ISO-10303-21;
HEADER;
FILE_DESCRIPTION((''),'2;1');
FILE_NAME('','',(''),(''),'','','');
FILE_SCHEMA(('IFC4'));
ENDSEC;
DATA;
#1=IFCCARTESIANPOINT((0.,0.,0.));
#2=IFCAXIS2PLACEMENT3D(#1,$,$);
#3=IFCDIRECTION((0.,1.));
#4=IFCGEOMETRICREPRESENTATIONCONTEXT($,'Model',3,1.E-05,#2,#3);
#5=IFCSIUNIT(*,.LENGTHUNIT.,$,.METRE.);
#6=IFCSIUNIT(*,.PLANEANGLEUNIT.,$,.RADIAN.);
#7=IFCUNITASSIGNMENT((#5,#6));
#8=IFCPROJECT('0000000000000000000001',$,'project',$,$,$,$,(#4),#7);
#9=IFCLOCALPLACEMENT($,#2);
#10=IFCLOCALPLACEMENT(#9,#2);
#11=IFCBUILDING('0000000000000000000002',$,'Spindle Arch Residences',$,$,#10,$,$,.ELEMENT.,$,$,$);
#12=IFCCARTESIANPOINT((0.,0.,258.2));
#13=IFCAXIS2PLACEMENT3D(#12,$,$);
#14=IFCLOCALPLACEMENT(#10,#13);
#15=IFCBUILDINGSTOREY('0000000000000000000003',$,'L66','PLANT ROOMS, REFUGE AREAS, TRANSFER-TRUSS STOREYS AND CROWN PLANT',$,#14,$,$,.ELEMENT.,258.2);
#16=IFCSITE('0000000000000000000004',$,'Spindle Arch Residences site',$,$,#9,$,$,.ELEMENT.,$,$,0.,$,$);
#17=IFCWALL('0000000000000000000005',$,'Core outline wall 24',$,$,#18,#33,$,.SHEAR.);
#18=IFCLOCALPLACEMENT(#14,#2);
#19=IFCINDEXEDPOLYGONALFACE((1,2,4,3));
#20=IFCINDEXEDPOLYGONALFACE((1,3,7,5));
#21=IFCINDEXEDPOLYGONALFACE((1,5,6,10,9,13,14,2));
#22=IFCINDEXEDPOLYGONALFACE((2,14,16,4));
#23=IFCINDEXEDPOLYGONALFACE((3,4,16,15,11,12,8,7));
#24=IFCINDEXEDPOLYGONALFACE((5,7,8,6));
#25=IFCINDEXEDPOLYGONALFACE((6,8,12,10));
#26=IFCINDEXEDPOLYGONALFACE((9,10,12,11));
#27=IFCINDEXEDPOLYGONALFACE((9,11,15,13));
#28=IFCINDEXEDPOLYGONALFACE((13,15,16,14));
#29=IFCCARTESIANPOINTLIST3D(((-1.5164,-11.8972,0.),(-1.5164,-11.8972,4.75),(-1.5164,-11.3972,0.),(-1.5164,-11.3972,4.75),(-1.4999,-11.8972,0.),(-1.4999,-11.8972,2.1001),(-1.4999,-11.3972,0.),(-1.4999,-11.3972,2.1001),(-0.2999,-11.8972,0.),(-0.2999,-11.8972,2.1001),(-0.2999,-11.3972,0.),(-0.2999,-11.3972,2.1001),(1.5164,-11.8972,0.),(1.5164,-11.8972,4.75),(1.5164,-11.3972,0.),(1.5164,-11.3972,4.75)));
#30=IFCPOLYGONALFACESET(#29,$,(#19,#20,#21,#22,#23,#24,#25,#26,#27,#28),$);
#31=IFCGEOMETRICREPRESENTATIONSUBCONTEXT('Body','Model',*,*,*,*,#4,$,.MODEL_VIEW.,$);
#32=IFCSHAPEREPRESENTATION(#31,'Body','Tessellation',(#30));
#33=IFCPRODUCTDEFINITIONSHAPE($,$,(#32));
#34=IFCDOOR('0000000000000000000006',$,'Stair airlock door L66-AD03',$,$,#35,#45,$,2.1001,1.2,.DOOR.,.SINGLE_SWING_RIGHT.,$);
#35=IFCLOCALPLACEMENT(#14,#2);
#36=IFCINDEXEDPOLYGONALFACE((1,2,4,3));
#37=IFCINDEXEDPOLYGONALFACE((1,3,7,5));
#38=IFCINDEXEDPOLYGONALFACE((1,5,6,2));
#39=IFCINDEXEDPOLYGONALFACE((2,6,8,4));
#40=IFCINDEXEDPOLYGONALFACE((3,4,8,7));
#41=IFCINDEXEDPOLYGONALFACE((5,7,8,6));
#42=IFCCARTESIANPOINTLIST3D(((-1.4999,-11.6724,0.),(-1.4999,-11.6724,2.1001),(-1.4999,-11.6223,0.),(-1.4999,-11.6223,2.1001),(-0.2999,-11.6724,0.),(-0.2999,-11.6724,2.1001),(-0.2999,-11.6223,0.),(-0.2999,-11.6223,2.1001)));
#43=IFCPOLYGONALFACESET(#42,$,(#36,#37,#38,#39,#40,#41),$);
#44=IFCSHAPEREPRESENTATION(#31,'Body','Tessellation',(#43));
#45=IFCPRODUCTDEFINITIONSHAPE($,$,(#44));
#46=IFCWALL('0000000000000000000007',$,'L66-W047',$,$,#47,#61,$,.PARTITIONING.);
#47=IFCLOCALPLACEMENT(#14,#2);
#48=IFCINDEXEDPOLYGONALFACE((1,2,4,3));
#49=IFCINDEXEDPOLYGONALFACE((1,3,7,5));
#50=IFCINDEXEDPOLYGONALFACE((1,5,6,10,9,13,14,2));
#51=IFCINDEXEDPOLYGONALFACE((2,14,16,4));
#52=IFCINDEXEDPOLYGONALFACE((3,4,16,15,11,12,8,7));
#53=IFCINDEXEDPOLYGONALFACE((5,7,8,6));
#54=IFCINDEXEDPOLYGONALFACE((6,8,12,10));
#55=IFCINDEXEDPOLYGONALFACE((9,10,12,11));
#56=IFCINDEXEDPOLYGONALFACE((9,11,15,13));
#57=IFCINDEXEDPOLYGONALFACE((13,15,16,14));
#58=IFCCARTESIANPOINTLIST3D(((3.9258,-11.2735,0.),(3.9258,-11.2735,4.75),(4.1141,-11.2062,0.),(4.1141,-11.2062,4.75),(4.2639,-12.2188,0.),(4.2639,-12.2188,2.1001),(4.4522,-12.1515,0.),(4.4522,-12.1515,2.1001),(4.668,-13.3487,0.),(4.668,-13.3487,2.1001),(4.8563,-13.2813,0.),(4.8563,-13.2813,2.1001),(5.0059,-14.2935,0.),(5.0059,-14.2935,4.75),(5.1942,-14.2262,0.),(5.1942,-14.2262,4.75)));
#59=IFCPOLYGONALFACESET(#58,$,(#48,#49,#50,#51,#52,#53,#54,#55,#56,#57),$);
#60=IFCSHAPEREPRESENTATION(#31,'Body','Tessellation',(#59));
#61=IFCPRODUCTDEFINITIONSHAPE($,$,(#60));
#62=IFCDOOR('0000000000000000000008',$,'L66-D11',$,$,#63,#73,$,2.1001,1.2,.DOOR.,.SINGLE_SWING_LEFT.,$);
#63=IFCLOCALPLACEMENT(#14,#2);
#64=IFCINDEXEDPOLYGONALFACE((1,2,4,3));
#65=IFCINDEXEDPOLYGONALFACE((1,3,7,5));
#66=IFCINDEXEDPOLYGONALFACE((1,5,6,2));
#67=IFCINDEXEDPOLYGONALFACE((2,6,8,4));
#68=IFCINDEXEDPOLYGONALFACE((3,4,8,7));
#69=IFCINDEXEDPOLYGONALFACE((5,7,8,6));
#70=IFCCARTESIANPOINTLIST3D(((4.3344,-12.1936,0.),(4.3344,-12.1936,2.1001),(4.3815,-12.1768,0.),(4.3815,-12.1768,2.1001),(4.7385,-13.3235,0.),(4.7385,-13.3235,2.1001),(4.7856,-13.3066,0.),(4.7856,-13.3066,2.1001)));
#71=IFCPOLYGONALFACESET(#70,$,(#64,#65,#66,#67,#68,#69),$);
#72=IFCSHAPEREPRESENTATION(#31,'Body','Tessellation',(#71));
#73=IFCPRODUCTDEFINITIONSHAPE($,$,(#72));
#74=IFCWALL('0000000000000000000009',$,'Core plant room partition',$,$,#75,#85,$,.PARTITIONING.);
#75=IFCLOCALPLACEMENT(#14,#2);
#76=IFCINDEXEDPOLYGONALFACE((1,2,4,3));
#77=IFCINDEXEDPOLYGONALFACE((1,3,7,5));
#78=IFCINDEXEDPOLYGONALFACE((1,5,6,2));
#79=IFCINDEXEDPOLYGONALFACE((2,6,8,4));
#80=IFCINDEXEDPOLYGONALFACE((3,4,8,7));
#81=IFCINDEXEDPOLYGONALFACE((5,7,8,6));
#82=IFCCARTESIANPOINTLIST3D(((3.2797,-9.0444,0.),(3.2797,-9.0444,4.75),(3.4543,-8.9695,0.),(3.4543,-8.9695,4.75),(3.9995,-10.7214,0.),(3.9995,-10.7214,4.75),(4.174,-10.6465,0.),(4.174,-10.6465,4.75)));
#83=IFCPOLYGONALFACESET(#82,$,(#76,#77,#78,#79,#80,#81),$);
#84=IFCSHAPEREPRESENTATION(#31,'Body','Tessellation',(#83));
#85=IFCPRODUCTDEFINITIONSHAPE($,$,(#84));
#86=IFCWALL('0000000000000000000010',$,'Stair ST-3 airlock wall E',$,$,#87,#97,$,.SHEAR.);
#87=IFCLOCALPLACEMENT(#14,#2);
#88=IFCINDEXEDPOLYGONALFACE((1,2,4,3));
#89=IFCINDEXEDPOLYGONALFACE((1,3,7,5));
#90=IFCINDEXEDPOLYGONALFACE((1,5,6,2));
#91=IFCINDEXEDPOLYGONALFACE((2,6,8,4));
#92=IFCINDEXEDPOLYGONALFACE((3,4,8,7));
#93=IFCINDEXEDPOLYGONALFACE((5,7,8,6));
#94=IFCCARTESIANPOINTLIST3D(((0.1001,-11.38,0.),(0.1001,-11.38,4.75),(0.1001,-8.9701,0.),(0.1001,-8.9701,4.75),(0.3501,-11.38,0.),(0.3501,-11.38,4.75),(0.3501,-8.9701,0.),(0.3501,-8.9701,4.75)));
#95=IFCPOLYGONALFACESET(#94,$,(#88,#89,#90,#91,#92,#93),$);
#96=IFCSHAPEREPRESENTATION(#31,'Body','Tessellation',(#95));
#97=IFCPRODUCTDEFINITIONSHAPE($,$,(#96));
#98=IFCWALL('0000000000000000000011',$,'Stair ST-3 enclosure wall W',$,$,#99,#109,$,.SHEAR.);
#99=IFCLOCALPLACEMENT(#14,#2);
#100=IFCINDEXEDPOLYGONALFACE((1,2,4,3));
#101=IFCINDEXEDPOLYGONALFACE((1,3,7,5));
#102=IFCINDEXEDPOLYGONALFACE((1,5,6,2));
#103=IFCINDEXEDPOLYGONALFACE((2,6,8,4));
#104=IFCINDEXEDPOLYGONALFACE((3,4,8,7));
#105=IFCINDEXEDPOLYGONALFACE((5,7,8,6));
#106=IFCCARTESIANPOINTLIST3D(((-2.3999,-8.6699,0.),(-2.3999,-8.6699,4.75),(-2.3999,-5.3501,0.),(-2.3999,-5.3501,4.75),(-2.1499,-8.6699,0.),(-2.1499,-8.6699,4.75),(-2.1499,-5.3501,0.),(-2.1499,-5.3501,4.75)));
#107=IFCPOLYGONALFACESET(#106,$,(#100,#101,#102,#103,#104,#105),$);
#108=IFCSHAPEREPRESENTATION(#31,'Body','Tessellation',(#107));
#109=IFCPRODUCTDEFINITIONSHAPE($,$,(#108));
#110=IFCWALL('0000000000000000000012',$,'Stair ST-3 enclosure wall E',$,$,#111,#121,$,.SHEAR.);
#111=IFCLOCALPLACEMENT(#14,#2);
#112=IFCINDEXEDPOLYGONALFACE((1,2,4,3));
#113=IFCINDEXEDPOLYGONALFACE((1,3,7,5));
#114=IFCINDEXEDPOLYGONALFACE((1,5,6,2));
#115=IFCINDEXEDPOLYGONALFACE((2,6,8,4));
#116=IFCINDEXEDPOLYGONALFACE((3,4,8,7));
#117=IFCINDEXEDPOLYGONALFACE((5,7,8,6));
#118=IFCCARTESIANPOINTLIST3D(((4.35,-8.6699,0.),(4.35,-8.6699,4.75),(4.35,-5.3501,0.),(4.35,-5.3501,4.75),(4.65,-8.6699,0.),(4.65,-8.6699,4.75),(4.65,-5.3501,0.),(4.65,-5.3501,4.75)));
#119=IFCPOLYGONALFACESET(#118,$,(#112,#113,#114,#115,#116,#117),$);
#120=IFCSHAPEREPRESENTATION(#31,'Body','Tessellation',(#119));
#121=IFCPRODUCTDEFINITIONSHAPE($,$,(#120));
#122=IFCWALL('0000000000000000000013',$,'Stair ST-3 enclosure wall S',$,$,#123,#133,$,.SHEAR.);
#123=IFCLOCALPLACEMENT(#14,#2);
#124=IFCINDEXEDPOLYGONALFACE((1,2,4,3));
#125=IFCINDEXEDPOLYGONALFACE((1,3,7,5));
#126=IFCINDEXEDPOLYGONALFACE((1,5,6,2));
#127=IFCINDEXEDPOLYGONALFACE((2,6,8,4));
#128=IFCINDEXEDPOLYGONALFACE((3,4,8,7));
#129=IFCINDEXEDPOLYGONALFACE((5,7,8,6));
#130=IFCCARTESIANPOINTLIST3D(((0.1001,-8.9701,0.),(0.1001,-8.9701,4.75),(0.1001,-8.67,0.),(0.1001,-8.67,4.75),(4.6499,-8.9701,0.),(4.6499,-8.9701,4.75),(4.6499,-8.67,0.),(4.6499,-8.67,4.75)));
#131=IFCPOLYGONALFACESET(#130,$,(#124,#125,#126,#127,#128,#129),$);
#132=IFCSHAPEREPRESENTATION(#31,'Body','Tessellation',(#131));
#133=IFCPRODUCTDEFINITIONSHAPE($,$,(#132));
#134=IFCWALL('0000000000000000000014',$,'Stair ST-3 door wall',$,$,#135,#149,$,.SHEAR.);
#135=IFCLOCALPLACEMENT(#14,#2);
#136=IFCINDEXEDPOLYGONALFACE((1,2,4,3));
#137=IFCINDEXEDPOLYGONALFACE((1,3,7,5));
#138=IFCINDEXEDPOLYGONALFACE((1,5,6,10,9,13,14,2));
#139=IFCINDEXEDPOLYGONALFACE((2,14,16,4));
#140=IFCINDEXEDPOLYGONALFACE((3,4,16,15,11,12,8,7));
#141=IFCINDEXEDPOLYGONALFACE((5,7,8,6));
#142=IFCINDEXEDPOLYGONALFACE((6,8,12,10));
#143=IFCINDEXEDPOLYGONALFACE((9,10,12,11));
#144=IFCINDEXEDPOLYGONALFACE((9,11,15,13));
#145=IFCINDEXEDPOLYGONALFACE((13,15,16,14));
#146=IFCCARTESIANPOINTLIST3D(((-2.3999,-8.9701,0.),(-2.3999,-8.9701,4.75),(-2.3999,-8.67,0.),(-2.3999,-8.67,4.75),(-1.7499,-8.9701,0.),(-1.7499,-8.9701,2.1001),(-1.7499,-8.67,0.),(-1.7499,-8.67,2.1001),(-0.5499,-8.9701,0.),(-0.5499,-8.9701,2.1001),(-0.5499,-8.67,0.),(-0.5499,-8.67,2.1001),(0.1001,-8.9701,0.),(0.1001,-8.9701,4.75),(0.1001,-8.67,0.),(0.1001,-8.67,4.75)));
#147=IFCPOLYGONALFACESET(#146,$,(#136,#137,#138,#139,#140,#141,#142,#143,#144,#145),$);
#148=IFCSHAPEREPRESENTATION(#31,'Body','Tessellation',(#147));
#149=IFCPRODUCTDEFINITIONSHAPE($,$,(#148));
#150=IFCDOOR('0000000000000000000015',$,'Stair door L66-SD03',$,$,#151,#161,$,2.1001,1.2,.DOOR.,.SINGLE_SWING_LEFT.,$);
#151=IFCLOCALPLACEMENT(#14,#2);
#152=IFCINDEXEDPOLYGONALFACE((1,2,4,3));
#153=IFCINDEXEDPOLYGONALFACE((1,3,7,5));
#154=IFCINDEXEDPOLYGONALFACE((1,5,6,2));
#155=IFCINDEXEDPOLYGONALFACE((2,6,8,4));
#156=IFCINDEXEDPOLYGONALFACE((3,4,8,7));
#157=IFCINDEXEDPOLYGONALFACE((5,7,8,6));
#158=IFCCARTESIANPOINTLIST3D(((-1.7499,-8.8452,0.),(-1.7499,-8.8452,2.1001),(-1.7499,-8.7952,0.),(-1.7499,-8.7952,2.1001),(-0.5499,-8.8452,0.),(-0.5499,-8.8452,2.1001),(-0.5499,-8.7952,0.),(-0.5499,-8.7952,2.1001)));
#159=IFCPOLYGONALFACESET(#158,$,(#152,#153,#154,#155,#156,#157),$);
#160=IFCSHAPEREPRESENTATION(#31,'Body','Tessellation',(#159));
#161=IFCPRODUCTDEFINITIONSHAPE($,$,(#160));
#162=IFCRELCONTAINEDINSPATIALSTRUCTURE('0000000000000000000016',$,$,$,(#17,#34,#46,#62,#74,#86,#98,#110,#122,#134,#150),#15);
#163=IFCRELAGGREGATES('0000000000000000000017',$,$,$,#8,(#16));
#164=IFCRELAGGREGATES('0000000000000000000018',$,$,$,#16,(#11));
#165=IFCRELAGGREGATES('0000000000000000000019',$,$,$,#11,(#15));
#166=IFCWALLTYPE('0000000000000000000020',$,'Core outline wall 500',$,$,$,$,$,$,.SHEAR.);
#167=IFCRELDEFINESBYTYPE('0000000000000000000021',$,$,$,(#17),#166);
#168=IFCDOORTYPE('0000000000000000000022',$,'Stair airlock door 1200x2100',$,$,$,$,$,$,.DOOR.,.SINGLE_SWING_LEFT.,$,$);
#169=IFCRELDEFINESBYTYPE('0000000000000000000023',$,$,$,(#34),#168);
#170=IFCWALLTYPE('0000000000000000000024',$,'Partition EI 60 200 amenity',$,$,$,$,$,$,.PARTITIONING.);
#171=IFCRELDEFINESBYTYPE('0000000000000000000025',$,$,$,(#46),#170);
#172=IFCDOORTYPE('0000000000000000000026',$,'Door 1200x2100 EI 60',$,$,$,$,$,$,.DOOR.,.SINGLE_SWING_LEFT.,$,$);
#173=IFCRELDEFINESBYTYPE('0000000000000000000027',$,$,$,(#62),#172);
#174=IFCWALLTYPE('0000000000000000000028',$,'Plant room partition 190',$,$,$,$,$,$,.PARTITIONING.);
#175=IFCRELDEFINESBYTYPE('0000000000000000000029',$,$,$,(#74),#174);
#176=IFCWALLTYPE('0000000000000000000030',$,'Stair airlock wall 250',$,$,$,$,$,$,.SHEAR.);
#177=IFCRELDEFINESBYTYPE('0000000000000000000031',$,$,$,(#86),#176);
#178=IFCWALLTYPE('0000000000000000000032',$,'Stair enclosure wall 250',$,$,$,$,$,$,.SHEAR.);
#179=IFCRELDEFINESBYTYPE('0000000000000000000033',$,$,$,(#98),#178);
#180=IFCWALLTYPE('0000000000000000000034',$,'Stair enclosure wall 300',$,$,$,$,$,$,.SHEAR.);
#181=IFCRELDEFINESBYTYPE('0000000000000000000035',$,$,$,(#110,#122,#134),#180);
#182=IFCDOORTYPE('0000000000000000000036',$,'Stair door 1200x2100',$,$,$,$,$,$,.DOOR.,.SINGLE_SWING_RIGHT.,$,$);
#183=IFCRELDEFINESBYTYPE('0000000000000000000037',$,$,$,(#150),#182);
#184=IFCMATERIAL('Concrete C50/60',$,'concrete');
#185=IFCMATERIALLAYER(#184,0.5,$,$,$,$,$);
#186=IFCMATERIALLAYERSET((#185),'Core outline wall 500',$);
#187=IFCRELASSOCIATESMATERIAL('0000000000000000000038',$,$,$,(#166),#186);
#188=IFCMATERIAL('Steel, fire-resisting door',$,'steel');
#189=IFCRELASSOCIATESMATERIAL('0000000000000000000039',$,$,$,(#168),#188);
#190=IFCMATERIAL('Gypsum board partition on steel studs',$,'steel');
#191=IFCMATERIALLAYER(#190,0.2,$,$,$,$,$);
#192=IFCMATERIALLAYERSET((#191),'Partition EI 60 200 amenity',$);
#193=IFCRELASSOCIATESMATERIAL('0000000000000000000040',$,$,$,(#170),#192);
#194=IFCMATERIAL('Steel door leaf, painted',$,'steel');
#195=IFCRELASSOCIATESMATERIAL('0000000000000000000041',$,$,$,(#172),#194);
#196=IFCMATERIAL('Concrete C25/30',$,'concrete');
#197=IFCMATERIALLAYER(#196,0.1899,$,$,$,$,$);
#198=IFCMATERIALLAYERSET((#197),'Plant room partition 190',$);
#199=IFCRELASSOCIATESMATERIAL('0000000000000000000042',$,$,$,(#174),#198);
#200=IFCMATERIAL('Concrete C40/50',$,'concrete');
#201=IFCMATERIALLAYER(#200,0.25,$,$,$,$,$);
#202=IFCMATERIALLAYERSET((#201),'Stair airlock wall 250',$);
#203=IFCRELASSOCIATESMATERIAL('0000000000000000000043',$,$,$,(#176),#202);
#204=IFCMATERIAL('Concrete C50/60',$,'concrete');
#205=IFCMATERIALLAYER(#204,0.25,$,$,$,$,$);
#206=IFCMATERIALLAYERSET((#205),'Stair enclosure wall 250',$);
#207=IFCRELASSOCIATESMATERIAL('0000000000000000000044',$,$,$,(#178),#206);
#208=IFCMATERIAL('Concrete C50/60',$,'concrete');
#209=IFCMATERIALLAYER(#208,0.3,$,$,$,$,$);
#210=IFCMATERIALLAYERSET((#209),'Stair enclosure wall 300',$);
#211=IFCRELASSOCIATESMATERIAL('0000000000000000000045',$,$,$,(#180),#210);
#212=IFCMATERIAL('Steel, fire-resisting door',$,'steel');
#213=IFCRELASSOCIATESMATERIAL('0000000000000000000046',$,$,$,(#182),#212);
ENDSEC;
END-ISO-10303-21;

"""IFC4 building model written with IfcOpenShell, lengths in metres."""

from ifc_helpers import new_model, si_unit, direction, frame, frame_2d, origin, place, context, subcontext, project, spatial, rectangle, extrude, material, layer, layer_set, type_object, element, fill, save


model = new_model("IFC4")

# Units and contexts
model_context = context("Model", 3, precision=1e-05, world=origin(), true_north=direction((0.0, 1.0)))
body_context = subcontext(model_context, "Body", "Model", "MODEL_VIEW")
ifc_project = project(units=[si_unit("LENGTHUNIT", "METRE"), si_unit("PLANEANGLEUNIT", "RADIAN")], contexts=[model_context])

# Site, building, storey
site_placement = place(None, origin())
site = spatial("IfcSite", under=ifc_project, at=site_placement, Name="Spindle Arch Residences site", CompositionType="ELEMENT", RefElevation=0.0)
building_placement = place(site_placement, origin())
building = spatial("IfcBuilding", under=site, at=building_placement, Name="Spindle Arch Residences", CompositionType="ELEMENT")
storey_placement = place(building_placement, frame((0.0, 0.0, 258.2)))
storey = spatial("IfcBuildingStorey", under=building, at=storey_placement, Name="L66", Description="PLANT ROOMS, REFUGE AREAS, TRANSFER-TRUSS STOREYS AND CROWN PLANT", CompositionType="ELEMENT", Elevation=258.2)

# Walls, openings, doors
ifc_material_1 = material(Name="Concrete C50/60", Category="concrete")
ifc_layer_1 = layer(ifc_material_1, 0.5)
ifc_layer_set_1 = layer_set([ifc_layer_1], Name="Core outline wall 500")
wall_type_1 = type_object("IfcWallType", Name="Core outline wall 500", PredefinedType="SHEAR", material=ifc_layer_set_1)
wall_1_placement = place(storey_placement, frame((-1.5164, -11.6472, 0.0), z_axis=(0.0, 0.0, 1.0), x_axis=(1.0, 0.0, 0.0)))
wall_1 = element("IfcWall", 1, at=wall_1_placement, inside=storey, type_object=wall_type_1, Name="Core outline wall 24", PredefinedType="SHEAR", context=body_context, shape_type="SweptSolid", body=[
    extrude(rectangle(XDim=3.0327, YDim=0.5, at=frame_2d((1.5164, 0.0))), origin(), (0.0, 0.0, 1.0), 4.75),
])
opening_1_placement = place(wall_1_placement, frame((0.0164, 0.0, 0.0)))
opening_1 = element("IfcOpeningElement", 2, at=opening_1_placement, cuts=wall_1, PredefinedType="OPENING", context=body_context, shape_type="SweptSolid", body=[
    extrude(rectangle(XDim=1.2, YDim=2.1001, at=frame_2d((0.6001, 1.05))), frame((0.0, 0.26, 0.0), z_axis=(0.0, -1.0, 0.0), x_axis=(1.0, 0.0, 0.0)), (0.0, 0.0, 1.0), 0.52),
])
ifc_material_2 = material(Name="Steel, fire-resisting door", Category="steel")
door_type_1 = type_object("IfcDoorType", Name="Stair airlock door 1200x2100", OperationType="SINGLE_SWING_LEFT", PredefinedType="DOOR", material=ifc_material_2)
door_1_placement = place(opening_1_placement, origin())
door_1 = element("IfcDoor", 3, at=door_1_placement, inside=storey, type_object=door_type_1, Name="Stair airlock door L66-AD03", OperationType="SINGLE_SWING_RIGHT", OverallHeight=2.1001, OverallWidth=1.2, PredefinedType="DOOR", context=body_context, shape_type="SweptSolid", body=[
    extrude(rectangle(XDim=1.2, YDim=2.1001, at=frame_2d((0.6001, 1.05))), frame((0.0, 0.0249, 0.0), z_axis=(0.0, -1.0, 0.0), x_axis=(1.0, 0.0, 0.0)), (0.0, 0.0, 1.0), 0.05),
])
fill(opening_1, door_1)
ifc_material_3 = material(Name="Gypsum board partition on steel studs", Category="steel")
ifc_layer_2 = layer(ifc_material_3, 0.2)
ifc_layer_set_2 = layer_set([ifc_layer_2], Name="Partition EI 60 200 amenity")
wall_type_2 = type_object("IfcWallType", Name="Partition EI 60 200 amenity", PredefinedType="PARTITIONING", material=ifc_layer_set_2)
wall_2_placement = place(storey_placement, frame((4.02, -11.24, 0.0), z_axis=(0.0, 0.0, 1.0), x_axis=(0.336751, -0.941594, 0.0)))
wall_2 = element("IfcWall", 4, at=wall_2_placement, inside=storey, type_object=wall_type_2, Name="L66-W047", PredefinedType="PARTITIONING", context=body_context, shape_type="SweptSolid", body=[
    extrude(rectangle(XDim=3.2073, YDim=0.2, at=frame_2d((1.6035, 0.0))), origin(), (0.0, 0.0, 1.0), 4.75),
])
opening_2_placement = place(wall_2_placement, frame((1.0037, 0.0, 0.0)))
opening_2 = element("IfcOpeningElement", 5, at=opening_2_placement, cuts=wall_2, PredefinedType="OPENING", context=body_context, shape_type="SweptSolid", body=[
    extrude(rectangle(XDim=1.2, YDim=2.1001, at=frame_2d((0.6001, 1.05))), frame((0.0, 0.1099, 0.0), z_axis=(0.0, -1.0, 0.0), x_axis=(1.0, 0.0, 0.0)), (0.0, 0.0, 1.0), 0.22),
])
ifc_material_4 = material(Name="Steel door leaf, painted", Category="steel")
door_type_2 = type_object("IfcDoorType", Name="Door 1200x2100 EI 60", OperationType="SINGLE_SWING_LEFT", PredefinedType="DOOR", material=ifc_material_4)
door_2_placement = place(opening_2_placement, origin())
door_2 = element("IfcDoor", 6, at=door_2_placement, inside=storey, type_object=door_type_2, Name="L66-D11", OperationType="SINGLE_SWING_LEFT", OverallHeight=2.1001, OverallWidth=1.2, PredefinedType="DOOR", context=body_context, shape_type="SweptSolid", body=[
    extrude(rectangle(XDim=1.2, YDim=2.1001, at=frame_2d((0.6001, 1.05))), frame((0.0, 0.0249, 0.0), z_axis=(0.0, -1.0, 0.0), x_axis=(1.0, 0.0, 0.0)), (0.0, 0.0, 1.0), 0.05),
])
fill(opening_2, door_2)

# Walls
ifc_material_5 = material(Name="Concrete C25/30", Category="concrete")
ifc_layer_3 = layer(ifc_material_5, 0.1899)
ifc_layer_set_3 = layer_set([ifc_layer_3], Name="Plant room partition 190")
wall_type_3 = type_object("IfcWallType", Name="Plant room partition 190", PredefinedType="PARTITIONING", material=ifc_layer_set_3)
wall_3_placement = place(storey_placement, frame((3.3669, -9.0068, 0.0), z_axis=(0.0, 0.0, 1.0), x_axis=(0.394387, -0.918944, 0.0)))
element("IfcWall", 7, at=wall_3_placement, inside=storey, type_object=wall_type_3, Name="Core plant room partition", PredefinedType="PARTITIONING", context=body_context, shape_type="SweptSolid", body=[
    extrude(rectangle(XDim=1.825, YDim=0.1899, at=frame_2d((0.9126, 0.0))), origin(), (0.0, 0.0, 1.0), 4.75),
])
ifc_material_6 = material(Name="Concrete C40/50", Category="concrete")
ifc_layer_4 = layer(ifc_material_6, 0.25)
ifc_layer_set_4 = layer_set([ifc_layer_4], Name="Stair airlock wall 250")
wall_type_4 = type_object("IfcWallType", Name="Stair airlock wall 250", PredefinedType="SHEAR", material=ifc_layer_set_4)
wall_4_placement = place(storey_placement, frame((0.2251, -8.97, 0.0), z_axis=(0.0, 0.0, 1.0), x_axis=(0.0, -1.0, 0.0)))
element("IfcWall", 8, at=wall_4_placement, inside=storey, type_object=wall_type_4, Name="Stair ST-3 airlock wall E", PredefinedType="SHEAR", context=body_context, shape_type="SweptSolid", body=[
    extrude(rectangle(XDim=2.4099, YDim=0.25, at=frame_2d((1.2051, 0.0))), origin(), (0.0, 0.0, 1.0), 4.75),
])
ifc_material_7 = material(Name="Concrete C50/60", Category="concrete")
ifc_layer_5 = layer(ifc_material_7, 0.25)
ifc_layer_set_5 = layer_set([ifc_layer_5], Name="Stair enclosure wall 250")
wall_type_5 = type_object("IfcWallType", Name="Stair enclosure wall 250", PredefinedType="SHEAR", material=ifc_layer_set_5)
wall_5_placement = place(storey_placement, frame((-2.2749, -8.6699, 0.0), z_axis=(0.0, 0.0, 1.0), x_axis=(0.0, 1.0, 0.0)))
element("IfcWall", 9, at=wall_5_placement, inside=storey, type_object=wall_type_5, Name="Stair ST-3 enclosure wall W", PredefinedType="SHEAR", context=body_context, shape_type="SweptSolid", body=[
    extrude(rectangle(XDim=3.3198, YDim=0.25, at=frame_2d((1.6599, 0.0))), origin(), (0.0, 0.0, 1.0), 4.75),
])
ifc_material_8 = material(Name="Concrete C50/60", Category="concrete")
ifc_layer_6 = layer(ifc_material_8, 0.3)
ifc_layer_set_6 = layer_set([ifc_layer_6], Name="Stair enclosure wall 300")
wall_type_6 = type_object("IfcWallType", Name="Stair enclosure wall 300", PredefinedType="SHEAR", material=ifc_layer_set_6)
wall_6_placement = place(storey_placement, frame((4.5, -8.6699, 0.0), z_axis=(0.0, 0.0, 1.0), x_axis=(0.0, 1.0, 0.0)))
element("IfcWall", 10, at=wall_6_placement, inside=storey, type_object=wall_type_6, Name="Stair ST-3 enclosure wall E", PredefinedType="SHEAR", context=body_context, shape_type="SweptSolid", body=[
    extrude(rectangle(XDim=3.3198, YDim=0.3, at=frame_2d((1.6599, 0.0))), origin(), (0.0, 0.0, 1.0), 4.75),
])
wall_7_placement = place(storey_placement, frame((0.1001, -8.8201, 0.0), z_axis=(0.0, 0.0, 1.0), x_axis=(1.0, 0.0, 0.0)))
element("IfcWall", 11, at=wall_7_placement, inside=storey, type_object=wall_type_6, Name="Stair ST-3 enclosure wall S", PredefinedType="SHEAR", context=body_context, shape_type="SweptSolid", body=[
    extrude(rectangle(XDim=4.5498, YDim=0.3, at=frame_2d((2.2749, 0.0))), origin(), (0.0, 0.0, 1.0), 4.75),
])

# Wall, opening, door
wall_8_placement = place(storey_placement, frame((-2.3999, -8.8201, 0.0), z_axis=(0.0, 0.0, 1.0), x_axis=(1.0, 0.0, 0.0)))
wall_8 = element("IfcWall", 12, at=wall_8_placement, inside=storey, type_object=wall_type_6, Name="Stair ST-3 door wall", PredefinedType="SHEAR", context=body_context, shape_type="SweptSolid", body=[
    extrude(rectangle(XDim=2.5, YDim=0.3, at=frame_2d((1.25, 0.0))), origin(), (0.0, 0.0, 1.0), 4.75),
])
opening_3_placement = place(wall_8_placement, frame((0.6499, 0.0, 0.0)))
opening_3 = element("IfcOpeningElement", 13, at=opening_3_placement, cuts=wall_8, PredefinedType="OPENING", context=body_context, shape_type="SweptSolid", body=[
    extrude(rectangle(XDim=1.2, YDim=2.1001, at=frame_2d((0.6001, 1.05))), frame((0.0, 0.1602, 0.0), z_axis=(0.0, -1.0, 0.0), x_axis=(1.0, 0.0, 0.0)), (0.0, 0.0, 1.0), 0.3201),
])
ifc_material_9 = material(Name="Steel, fire-resisting door", Category="steel")
door_type_3 = type_object("IfcDoorType", Name="Stair door 1200x2100", OperationType="SINGLE_SWING_RIGHT", PredefinedType="DOOR", material=ifc_material_9)
door_3_placement = place(opening_3_placement, origin())
door_3 = element("IfcDoor", 14, at=door_3_placement, inside=storey, type_object=door_type_3, Name="Stair door L66-SD03", OperationType="SINGLE_SWING_LEFT", OverallHeight=2.1001, OverallWidth=1.2, PredefinedType="DOOR", context=body_context, shape_type="SweptSolid", body=[
    extrude(rectangle(XDim=1.2, YDim=2.1001, at=frame_2d((0.6001, 1.05))), frame((0.0, 0.0249, 0.0), z_axis=(0.0, -1.0, 0.0), x_axis=(1.0, 0.0, 0.0)), (0.0, 0.0, 1.0), 0.05),
])
fill(opening_3, door_3)

save(model, "model.ifc")
